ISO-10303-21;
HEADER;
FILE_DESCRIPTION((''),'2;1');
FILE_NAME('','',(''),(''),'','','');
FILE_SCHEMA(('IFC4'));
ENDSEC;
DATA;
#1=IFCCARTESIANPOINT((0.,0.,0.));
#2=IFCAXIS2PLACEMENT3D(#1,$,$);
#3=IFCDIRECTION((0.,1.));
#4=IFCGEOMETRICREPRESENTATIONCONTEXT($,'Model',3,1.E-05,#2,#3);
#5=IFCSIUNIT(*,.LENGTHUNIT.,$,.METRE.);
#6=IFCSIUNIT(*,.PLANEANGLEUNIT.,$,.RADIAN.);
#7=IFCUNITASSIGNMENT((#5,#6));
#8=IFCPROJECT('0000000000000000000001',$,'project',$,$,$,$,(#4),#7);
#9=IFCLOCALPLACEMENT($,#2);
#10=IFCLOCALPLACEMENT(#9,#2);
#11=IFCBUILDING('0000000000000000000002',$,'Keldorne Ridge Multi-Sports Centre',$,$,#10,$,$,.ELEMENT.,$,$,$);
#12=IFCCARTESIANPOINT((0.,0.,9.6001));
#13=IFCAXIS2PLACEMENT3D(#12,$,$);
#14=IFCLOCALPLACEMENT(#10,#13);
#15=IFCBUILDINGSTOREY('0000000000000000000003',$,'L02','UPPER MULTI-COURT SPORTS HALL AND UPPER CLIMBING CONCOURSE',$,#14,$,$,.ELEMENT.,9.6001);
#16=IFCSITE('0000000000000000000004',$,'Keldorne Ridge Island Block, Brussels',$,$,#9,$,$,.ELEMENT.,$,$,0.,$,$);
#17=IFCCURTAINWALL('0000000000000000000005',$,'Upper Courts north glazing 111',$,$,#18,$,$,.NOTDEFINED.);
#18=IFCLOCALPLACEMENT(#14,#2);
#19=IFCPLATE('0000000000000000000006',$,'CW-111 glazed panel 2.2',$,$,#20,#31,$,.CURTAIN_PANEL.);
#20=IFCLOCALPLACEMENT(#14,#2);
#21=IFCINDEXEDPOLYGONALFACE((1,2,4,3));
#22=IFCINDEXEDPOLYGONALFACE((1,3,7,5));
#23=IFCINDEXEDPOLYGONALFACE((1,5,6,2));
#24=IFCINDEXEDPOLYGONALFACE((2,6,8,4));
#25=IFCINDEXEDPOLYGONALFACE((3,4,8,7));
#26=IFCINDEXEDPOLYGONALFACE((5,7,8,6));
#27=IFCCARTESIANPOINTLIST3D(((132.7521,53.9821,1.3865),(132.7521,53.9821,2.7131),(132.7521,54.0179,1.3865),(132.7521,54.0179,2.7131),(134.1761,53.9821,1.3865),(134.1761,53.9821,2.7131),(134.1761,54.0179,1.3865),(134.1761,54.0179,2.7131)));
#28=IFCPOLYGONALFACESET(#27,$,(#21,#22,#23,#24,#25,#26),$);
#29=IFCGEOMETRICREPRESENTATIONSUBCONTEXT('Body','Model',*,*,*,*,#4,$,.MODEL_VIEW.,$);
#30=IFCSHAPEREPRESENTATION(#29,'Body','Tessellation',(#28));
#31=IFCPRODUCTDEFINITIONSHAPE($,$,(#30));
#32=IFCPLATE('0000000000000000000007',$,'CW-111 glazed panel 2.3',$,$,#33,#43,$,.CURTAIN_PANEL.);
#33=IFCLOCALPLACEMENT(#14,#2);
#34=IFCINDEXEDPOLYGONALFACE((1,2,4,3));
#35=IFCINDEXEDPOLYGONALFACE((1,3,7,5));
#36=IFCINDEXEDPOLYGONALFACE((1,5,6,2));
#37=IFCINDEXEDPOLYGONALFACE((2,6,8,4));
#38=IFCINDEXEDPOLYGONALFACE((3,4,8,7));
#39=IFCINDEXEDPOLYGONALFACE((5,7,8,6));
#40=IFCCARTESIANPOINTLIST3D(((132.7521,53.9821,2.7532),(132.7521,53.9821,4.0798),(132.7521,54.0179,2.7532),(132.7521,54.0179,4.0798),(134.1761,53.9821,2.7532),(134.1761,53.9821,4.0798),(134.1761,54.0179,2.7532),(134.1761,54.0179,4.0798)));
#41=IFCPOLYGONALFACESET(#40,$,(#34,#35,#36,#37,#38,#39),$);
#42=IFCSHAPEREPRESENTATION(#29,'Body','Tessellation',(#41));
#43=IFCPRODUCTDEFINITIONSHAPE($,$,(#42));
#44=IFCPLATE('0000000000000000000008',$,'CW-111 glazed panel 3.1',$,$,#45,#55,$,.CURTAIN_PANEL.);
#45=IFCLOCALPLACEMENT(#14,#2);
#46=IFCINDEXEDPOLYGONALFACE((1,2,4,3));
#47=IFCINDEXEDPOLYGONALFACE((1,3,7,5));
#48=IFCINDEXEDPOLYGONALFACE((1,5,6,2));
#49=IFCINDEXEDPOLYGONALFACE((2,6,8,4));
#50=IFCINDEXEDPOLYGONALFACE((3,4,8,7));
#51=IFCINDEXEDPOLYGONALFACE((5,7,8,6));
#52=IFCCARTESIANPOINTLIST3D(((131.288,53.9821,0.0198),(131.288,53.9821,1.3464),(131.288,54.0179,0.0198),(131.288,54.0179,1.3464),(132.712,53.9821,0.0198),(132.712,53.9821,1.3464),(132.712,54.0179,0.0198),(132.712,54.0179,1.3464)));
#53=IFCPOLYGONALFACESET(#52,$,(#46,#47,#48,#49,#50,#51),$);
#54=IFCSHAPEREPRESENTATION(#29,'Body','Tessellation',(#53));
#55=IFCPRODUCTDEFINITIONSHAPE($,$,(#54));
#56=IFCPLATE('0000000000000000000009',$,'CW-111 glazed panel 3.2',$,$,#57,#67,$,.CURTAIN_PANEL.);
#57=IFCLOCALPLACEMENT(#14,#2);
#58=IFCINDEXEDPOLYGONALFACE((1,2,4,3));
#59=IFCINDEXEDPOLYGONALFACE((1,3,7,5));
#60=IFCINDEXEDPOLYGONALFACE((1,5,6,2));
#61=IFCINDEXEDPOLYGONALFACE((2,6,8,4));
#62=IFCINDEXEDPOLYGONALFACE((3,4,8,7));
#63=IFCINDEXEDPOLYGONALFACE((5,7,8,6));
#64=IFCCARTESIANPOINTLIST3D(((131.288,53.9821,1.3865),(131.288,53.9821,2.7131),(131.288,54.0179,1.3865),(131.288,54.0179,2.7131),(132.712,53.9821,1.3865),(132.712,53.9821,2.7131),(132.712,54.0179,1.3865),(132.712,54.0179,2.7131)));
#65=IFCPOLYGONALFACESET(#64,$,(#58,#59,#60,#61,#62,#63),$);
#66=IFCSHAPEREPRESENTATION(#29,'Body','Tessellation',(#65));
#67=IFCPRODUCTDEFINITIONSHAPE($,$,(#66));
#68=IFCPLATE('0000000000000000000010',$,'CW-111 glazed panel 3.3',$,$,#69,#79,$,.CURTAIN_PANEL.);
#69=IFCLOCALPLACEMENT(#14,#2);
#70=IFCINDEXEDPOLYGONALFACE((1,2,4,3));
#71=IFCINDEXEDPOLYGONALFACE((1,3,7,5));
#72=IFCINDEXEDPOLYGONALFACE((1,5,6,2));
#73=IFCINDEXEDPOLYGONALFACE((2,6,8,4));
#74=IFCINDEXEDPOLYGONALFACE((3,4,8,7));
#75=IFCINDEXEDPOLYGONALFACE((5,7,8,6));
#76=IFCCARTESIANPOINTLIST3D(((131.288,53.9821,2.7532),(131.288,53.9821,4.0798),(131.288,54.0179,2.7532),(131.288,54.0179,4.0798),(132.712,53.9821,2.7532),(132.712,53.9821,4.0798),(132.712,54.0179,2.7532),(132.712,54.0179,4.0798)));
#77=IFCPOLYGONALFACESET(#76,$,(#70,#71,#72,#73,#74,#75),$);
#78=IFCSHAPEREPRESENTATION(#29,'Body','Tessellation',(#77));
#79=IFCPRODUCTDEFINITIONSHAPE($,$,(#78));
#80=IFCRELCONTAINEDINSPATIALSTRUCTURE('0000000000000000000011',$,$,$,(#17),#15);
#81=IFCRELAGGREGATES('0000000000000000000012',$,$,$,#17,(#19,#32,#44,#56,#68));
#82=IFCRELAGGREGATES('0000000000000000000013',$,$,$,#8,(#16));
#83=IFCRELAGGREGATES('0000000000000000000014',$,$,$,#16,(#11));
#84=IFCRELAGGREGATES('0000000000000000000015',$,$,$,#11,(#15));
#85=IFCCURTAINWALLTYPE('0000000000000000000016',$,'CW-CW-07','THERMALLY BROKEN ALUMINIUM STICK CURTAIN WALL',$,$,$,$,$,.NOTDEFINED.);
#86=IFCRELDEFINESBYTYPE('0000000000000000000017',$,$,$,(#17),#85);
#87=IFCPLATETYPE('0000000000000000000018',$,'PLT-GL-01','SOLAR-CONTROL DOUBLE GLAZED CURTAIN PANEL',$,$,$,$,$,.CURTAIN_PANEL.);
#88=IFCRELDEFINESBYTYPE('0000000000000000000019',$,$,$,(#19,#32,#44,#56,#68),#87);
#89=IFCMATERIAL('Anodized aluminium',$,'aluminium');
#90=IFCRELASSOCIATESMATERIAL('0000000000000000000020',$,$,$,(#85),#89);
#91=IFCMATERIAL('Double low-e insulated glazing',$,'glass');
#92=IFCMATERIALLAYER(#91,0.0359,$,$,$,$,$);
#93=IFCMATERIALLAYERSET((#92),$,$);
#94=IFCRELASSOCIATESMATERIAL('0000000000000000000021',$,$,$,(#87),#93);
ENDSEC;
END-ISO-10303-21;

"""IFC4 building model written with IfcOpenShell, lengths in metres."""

from ifc_helpers import new_model, si_unit, direction, frame, origin, origin_2d, place, context, subcontext, project, spatial, rectangle, extrude, material, layer, layer_set, type_object, element, aggregate, save


model = new_model("IFC4")

# Units and contexts
model_context = context("Model", 3, precision=1e-05, world=origin(), true_north=direction((0.0, 1.0)))
body_context = subcontext(model_context, "Body", "Model", "MODEL_VIEW")
ifc_project = project(units=[si_unit("LENGTHUNIT", "METRE"), si_unit("PLANEANGLEUNIT", "RADIAN")], contexts=[model_context])

# Site, building, storey
site_placement = place(None, origin())
site = spatial("IfcSite", under=ifc_project, at=site_placement, Name="Keldorne Ridge Island Block, Brussels", CompositionType="ELEMENT", RefElevation=0.0)
building_placement = place(site_placement, origin())
building = spatial("IfcBuilding", under=site, at=building_placement, Name="Keldorne Ridge Multi-Sports Centre", CompositionType="ELEMENT")
storey_placement = place(building_placement, frame((0.0, 0.0, 9.6001)))
storey = spatial("IfcBuildingStorey", under=building, at=storey_placement, Name="L02", Description="UPPER MULTI-COURT SPORTS HALL AND UPPER CLIMBING CONCOURSE", CompositionType="ELEMENT", Elevation=9.6001)

# Curtain wall, plates
ifc_material_1 = material(Name="Anodized aluminium", Category="aluminium")
curtain_wall_type = type_object("IfcCurtainWallType", Name="CW-CW-07", Description="THERMALLY BROKEN ALUMINIUM STICK CURTAIN WALL", PredefinedType="NOTDEFINED", material=ifc_material_1)
curtain_wall_placement = place(storey_placement, origin())
curtain_wall = element("IfcCurtainWall", 1, at=curtain_wall_placement, inside=storey, type_object=curtain_wall_type, Name="Upper Courts north glazing 111", PredefinedType="NOTDEFINED")
ifc_material_2 = material(Name="Double low-e insulated glazing", Category="glass")
ifc_layer = layer(ifc_material_2, 0.0359)
ifc_layer_set = layer_set([ifc_layer])
plate_type = type_object("IfcPlateType", Name="PLT-GL-01", Description="SOLAR-CONTROL DOUBLE GLAZED CURTAIN PANEL", PredefinedType="CURTAIN_PANEL", material=ifc_layer_set)
plate_1_placement = place(storey_placement, frame((133.4641, 54.0, 1.3865), z_axis=(0.0, 0.0, 1.0), x_axis=(-1.0, 0.0, 0.0)))
plate_1 = element("IfcPlate", 2, at=plate_1_placement, type_object=plate_type, Name="CW-111 glazed panel 2.2", PredefinedType="CURTAIN_PANEL", context=body_context, shape_type="SweptSolid", body=[
    extrude(rectangle(XDim=1.4241, YDim=0.0359, at=origin_2d()), origin(), (0.0, 0.0, 1.0), 1.3267),
])
plate_2_placement = place(storey_placement, frame((133.4641, 54.0, 2.7532), z_axis=(0.0, 0.0, 1.0), x_axis=(-1.0, 0.0, 0.0)))
plate_2 = element("IfcPlate", 3, at=plate_2_placement, type_object=plate_type, Name="CW-111 glazed panel 2.3", PredefinedType="CURTAIN_PANEL", context=body_context, shape_type="SweptSolid", body=[
    extrude(rectangle(XDim=1.4241, YDim=0.0359, at=origin_2d()), origin(), (0.0, 0.0, 1.0), 1.3267),
])
plate_3_placement = place(storey_placement, frame((132.0, 54.0, 0.0198), z_axis=(0.0, 0.0, 1.0), x_axis=(-1.0, 0.0, 0.0)))
plate_3 = element("IfcPlate", 4, at=plate_3_placement, type_object=plate_type, Name="CW-111 glazed panel 3.1", PredefinedType="CURTAIN_PANEL", context=body_context, shape_type="SweptSolid", body=[
    extrude(rectangle(XDim=1.4241, YDim=0.0359, at=origin_2d()), origin(), (0.0, 0.0, 1.0), 1.3267),
])
plate_4_placement = place(storey_placement, frame((132.0, 54.0, 1.3865), z_axis=(0.0, 0.0, 1.0), x_axis=(-1.0, 0.0, 0.0)))
plate_4 = element("IfcPlate", 5, at=plate_4_placement, type_object=plate_type, Name="CW-111 glazed panel 3.2", PredefinedType="CURTAIN_PANEL", context=body_context, shape_type="SweptSolid", body=[
    extrude(rectangle(XDim=1.4241, YDim=0.0359, at=origin_2d()), origin(), (0.0, 0.0, 1.0), 1.3267),
])
plate_5_placement = place(storey_placement, frame((132.0, 54.0, 2.7532), z_axis=(0.0, 0.0, 1.0), x_axis=(-1.0, 0.0, 0.0)))
plate_5 = element("IfcPlate", 6, at=plate_5_placement, type_object=plate_type, Name="CW-111 glazed panel 3.3", PredefinedType="CURTAIN_PANEL", context=body_context, shape_type="SweptSolid", body=[
    extrude(rectangle(XDim=1.4241, YDim=0.0359, at=origin_2d()), origin(), (0.0, 0.0, 1.0), 1.3267),
])
aggregate(curtain_wall, [plate_1, plate_2, plate_3, plate_4, plate_5])

save(model, "model.ifc")
